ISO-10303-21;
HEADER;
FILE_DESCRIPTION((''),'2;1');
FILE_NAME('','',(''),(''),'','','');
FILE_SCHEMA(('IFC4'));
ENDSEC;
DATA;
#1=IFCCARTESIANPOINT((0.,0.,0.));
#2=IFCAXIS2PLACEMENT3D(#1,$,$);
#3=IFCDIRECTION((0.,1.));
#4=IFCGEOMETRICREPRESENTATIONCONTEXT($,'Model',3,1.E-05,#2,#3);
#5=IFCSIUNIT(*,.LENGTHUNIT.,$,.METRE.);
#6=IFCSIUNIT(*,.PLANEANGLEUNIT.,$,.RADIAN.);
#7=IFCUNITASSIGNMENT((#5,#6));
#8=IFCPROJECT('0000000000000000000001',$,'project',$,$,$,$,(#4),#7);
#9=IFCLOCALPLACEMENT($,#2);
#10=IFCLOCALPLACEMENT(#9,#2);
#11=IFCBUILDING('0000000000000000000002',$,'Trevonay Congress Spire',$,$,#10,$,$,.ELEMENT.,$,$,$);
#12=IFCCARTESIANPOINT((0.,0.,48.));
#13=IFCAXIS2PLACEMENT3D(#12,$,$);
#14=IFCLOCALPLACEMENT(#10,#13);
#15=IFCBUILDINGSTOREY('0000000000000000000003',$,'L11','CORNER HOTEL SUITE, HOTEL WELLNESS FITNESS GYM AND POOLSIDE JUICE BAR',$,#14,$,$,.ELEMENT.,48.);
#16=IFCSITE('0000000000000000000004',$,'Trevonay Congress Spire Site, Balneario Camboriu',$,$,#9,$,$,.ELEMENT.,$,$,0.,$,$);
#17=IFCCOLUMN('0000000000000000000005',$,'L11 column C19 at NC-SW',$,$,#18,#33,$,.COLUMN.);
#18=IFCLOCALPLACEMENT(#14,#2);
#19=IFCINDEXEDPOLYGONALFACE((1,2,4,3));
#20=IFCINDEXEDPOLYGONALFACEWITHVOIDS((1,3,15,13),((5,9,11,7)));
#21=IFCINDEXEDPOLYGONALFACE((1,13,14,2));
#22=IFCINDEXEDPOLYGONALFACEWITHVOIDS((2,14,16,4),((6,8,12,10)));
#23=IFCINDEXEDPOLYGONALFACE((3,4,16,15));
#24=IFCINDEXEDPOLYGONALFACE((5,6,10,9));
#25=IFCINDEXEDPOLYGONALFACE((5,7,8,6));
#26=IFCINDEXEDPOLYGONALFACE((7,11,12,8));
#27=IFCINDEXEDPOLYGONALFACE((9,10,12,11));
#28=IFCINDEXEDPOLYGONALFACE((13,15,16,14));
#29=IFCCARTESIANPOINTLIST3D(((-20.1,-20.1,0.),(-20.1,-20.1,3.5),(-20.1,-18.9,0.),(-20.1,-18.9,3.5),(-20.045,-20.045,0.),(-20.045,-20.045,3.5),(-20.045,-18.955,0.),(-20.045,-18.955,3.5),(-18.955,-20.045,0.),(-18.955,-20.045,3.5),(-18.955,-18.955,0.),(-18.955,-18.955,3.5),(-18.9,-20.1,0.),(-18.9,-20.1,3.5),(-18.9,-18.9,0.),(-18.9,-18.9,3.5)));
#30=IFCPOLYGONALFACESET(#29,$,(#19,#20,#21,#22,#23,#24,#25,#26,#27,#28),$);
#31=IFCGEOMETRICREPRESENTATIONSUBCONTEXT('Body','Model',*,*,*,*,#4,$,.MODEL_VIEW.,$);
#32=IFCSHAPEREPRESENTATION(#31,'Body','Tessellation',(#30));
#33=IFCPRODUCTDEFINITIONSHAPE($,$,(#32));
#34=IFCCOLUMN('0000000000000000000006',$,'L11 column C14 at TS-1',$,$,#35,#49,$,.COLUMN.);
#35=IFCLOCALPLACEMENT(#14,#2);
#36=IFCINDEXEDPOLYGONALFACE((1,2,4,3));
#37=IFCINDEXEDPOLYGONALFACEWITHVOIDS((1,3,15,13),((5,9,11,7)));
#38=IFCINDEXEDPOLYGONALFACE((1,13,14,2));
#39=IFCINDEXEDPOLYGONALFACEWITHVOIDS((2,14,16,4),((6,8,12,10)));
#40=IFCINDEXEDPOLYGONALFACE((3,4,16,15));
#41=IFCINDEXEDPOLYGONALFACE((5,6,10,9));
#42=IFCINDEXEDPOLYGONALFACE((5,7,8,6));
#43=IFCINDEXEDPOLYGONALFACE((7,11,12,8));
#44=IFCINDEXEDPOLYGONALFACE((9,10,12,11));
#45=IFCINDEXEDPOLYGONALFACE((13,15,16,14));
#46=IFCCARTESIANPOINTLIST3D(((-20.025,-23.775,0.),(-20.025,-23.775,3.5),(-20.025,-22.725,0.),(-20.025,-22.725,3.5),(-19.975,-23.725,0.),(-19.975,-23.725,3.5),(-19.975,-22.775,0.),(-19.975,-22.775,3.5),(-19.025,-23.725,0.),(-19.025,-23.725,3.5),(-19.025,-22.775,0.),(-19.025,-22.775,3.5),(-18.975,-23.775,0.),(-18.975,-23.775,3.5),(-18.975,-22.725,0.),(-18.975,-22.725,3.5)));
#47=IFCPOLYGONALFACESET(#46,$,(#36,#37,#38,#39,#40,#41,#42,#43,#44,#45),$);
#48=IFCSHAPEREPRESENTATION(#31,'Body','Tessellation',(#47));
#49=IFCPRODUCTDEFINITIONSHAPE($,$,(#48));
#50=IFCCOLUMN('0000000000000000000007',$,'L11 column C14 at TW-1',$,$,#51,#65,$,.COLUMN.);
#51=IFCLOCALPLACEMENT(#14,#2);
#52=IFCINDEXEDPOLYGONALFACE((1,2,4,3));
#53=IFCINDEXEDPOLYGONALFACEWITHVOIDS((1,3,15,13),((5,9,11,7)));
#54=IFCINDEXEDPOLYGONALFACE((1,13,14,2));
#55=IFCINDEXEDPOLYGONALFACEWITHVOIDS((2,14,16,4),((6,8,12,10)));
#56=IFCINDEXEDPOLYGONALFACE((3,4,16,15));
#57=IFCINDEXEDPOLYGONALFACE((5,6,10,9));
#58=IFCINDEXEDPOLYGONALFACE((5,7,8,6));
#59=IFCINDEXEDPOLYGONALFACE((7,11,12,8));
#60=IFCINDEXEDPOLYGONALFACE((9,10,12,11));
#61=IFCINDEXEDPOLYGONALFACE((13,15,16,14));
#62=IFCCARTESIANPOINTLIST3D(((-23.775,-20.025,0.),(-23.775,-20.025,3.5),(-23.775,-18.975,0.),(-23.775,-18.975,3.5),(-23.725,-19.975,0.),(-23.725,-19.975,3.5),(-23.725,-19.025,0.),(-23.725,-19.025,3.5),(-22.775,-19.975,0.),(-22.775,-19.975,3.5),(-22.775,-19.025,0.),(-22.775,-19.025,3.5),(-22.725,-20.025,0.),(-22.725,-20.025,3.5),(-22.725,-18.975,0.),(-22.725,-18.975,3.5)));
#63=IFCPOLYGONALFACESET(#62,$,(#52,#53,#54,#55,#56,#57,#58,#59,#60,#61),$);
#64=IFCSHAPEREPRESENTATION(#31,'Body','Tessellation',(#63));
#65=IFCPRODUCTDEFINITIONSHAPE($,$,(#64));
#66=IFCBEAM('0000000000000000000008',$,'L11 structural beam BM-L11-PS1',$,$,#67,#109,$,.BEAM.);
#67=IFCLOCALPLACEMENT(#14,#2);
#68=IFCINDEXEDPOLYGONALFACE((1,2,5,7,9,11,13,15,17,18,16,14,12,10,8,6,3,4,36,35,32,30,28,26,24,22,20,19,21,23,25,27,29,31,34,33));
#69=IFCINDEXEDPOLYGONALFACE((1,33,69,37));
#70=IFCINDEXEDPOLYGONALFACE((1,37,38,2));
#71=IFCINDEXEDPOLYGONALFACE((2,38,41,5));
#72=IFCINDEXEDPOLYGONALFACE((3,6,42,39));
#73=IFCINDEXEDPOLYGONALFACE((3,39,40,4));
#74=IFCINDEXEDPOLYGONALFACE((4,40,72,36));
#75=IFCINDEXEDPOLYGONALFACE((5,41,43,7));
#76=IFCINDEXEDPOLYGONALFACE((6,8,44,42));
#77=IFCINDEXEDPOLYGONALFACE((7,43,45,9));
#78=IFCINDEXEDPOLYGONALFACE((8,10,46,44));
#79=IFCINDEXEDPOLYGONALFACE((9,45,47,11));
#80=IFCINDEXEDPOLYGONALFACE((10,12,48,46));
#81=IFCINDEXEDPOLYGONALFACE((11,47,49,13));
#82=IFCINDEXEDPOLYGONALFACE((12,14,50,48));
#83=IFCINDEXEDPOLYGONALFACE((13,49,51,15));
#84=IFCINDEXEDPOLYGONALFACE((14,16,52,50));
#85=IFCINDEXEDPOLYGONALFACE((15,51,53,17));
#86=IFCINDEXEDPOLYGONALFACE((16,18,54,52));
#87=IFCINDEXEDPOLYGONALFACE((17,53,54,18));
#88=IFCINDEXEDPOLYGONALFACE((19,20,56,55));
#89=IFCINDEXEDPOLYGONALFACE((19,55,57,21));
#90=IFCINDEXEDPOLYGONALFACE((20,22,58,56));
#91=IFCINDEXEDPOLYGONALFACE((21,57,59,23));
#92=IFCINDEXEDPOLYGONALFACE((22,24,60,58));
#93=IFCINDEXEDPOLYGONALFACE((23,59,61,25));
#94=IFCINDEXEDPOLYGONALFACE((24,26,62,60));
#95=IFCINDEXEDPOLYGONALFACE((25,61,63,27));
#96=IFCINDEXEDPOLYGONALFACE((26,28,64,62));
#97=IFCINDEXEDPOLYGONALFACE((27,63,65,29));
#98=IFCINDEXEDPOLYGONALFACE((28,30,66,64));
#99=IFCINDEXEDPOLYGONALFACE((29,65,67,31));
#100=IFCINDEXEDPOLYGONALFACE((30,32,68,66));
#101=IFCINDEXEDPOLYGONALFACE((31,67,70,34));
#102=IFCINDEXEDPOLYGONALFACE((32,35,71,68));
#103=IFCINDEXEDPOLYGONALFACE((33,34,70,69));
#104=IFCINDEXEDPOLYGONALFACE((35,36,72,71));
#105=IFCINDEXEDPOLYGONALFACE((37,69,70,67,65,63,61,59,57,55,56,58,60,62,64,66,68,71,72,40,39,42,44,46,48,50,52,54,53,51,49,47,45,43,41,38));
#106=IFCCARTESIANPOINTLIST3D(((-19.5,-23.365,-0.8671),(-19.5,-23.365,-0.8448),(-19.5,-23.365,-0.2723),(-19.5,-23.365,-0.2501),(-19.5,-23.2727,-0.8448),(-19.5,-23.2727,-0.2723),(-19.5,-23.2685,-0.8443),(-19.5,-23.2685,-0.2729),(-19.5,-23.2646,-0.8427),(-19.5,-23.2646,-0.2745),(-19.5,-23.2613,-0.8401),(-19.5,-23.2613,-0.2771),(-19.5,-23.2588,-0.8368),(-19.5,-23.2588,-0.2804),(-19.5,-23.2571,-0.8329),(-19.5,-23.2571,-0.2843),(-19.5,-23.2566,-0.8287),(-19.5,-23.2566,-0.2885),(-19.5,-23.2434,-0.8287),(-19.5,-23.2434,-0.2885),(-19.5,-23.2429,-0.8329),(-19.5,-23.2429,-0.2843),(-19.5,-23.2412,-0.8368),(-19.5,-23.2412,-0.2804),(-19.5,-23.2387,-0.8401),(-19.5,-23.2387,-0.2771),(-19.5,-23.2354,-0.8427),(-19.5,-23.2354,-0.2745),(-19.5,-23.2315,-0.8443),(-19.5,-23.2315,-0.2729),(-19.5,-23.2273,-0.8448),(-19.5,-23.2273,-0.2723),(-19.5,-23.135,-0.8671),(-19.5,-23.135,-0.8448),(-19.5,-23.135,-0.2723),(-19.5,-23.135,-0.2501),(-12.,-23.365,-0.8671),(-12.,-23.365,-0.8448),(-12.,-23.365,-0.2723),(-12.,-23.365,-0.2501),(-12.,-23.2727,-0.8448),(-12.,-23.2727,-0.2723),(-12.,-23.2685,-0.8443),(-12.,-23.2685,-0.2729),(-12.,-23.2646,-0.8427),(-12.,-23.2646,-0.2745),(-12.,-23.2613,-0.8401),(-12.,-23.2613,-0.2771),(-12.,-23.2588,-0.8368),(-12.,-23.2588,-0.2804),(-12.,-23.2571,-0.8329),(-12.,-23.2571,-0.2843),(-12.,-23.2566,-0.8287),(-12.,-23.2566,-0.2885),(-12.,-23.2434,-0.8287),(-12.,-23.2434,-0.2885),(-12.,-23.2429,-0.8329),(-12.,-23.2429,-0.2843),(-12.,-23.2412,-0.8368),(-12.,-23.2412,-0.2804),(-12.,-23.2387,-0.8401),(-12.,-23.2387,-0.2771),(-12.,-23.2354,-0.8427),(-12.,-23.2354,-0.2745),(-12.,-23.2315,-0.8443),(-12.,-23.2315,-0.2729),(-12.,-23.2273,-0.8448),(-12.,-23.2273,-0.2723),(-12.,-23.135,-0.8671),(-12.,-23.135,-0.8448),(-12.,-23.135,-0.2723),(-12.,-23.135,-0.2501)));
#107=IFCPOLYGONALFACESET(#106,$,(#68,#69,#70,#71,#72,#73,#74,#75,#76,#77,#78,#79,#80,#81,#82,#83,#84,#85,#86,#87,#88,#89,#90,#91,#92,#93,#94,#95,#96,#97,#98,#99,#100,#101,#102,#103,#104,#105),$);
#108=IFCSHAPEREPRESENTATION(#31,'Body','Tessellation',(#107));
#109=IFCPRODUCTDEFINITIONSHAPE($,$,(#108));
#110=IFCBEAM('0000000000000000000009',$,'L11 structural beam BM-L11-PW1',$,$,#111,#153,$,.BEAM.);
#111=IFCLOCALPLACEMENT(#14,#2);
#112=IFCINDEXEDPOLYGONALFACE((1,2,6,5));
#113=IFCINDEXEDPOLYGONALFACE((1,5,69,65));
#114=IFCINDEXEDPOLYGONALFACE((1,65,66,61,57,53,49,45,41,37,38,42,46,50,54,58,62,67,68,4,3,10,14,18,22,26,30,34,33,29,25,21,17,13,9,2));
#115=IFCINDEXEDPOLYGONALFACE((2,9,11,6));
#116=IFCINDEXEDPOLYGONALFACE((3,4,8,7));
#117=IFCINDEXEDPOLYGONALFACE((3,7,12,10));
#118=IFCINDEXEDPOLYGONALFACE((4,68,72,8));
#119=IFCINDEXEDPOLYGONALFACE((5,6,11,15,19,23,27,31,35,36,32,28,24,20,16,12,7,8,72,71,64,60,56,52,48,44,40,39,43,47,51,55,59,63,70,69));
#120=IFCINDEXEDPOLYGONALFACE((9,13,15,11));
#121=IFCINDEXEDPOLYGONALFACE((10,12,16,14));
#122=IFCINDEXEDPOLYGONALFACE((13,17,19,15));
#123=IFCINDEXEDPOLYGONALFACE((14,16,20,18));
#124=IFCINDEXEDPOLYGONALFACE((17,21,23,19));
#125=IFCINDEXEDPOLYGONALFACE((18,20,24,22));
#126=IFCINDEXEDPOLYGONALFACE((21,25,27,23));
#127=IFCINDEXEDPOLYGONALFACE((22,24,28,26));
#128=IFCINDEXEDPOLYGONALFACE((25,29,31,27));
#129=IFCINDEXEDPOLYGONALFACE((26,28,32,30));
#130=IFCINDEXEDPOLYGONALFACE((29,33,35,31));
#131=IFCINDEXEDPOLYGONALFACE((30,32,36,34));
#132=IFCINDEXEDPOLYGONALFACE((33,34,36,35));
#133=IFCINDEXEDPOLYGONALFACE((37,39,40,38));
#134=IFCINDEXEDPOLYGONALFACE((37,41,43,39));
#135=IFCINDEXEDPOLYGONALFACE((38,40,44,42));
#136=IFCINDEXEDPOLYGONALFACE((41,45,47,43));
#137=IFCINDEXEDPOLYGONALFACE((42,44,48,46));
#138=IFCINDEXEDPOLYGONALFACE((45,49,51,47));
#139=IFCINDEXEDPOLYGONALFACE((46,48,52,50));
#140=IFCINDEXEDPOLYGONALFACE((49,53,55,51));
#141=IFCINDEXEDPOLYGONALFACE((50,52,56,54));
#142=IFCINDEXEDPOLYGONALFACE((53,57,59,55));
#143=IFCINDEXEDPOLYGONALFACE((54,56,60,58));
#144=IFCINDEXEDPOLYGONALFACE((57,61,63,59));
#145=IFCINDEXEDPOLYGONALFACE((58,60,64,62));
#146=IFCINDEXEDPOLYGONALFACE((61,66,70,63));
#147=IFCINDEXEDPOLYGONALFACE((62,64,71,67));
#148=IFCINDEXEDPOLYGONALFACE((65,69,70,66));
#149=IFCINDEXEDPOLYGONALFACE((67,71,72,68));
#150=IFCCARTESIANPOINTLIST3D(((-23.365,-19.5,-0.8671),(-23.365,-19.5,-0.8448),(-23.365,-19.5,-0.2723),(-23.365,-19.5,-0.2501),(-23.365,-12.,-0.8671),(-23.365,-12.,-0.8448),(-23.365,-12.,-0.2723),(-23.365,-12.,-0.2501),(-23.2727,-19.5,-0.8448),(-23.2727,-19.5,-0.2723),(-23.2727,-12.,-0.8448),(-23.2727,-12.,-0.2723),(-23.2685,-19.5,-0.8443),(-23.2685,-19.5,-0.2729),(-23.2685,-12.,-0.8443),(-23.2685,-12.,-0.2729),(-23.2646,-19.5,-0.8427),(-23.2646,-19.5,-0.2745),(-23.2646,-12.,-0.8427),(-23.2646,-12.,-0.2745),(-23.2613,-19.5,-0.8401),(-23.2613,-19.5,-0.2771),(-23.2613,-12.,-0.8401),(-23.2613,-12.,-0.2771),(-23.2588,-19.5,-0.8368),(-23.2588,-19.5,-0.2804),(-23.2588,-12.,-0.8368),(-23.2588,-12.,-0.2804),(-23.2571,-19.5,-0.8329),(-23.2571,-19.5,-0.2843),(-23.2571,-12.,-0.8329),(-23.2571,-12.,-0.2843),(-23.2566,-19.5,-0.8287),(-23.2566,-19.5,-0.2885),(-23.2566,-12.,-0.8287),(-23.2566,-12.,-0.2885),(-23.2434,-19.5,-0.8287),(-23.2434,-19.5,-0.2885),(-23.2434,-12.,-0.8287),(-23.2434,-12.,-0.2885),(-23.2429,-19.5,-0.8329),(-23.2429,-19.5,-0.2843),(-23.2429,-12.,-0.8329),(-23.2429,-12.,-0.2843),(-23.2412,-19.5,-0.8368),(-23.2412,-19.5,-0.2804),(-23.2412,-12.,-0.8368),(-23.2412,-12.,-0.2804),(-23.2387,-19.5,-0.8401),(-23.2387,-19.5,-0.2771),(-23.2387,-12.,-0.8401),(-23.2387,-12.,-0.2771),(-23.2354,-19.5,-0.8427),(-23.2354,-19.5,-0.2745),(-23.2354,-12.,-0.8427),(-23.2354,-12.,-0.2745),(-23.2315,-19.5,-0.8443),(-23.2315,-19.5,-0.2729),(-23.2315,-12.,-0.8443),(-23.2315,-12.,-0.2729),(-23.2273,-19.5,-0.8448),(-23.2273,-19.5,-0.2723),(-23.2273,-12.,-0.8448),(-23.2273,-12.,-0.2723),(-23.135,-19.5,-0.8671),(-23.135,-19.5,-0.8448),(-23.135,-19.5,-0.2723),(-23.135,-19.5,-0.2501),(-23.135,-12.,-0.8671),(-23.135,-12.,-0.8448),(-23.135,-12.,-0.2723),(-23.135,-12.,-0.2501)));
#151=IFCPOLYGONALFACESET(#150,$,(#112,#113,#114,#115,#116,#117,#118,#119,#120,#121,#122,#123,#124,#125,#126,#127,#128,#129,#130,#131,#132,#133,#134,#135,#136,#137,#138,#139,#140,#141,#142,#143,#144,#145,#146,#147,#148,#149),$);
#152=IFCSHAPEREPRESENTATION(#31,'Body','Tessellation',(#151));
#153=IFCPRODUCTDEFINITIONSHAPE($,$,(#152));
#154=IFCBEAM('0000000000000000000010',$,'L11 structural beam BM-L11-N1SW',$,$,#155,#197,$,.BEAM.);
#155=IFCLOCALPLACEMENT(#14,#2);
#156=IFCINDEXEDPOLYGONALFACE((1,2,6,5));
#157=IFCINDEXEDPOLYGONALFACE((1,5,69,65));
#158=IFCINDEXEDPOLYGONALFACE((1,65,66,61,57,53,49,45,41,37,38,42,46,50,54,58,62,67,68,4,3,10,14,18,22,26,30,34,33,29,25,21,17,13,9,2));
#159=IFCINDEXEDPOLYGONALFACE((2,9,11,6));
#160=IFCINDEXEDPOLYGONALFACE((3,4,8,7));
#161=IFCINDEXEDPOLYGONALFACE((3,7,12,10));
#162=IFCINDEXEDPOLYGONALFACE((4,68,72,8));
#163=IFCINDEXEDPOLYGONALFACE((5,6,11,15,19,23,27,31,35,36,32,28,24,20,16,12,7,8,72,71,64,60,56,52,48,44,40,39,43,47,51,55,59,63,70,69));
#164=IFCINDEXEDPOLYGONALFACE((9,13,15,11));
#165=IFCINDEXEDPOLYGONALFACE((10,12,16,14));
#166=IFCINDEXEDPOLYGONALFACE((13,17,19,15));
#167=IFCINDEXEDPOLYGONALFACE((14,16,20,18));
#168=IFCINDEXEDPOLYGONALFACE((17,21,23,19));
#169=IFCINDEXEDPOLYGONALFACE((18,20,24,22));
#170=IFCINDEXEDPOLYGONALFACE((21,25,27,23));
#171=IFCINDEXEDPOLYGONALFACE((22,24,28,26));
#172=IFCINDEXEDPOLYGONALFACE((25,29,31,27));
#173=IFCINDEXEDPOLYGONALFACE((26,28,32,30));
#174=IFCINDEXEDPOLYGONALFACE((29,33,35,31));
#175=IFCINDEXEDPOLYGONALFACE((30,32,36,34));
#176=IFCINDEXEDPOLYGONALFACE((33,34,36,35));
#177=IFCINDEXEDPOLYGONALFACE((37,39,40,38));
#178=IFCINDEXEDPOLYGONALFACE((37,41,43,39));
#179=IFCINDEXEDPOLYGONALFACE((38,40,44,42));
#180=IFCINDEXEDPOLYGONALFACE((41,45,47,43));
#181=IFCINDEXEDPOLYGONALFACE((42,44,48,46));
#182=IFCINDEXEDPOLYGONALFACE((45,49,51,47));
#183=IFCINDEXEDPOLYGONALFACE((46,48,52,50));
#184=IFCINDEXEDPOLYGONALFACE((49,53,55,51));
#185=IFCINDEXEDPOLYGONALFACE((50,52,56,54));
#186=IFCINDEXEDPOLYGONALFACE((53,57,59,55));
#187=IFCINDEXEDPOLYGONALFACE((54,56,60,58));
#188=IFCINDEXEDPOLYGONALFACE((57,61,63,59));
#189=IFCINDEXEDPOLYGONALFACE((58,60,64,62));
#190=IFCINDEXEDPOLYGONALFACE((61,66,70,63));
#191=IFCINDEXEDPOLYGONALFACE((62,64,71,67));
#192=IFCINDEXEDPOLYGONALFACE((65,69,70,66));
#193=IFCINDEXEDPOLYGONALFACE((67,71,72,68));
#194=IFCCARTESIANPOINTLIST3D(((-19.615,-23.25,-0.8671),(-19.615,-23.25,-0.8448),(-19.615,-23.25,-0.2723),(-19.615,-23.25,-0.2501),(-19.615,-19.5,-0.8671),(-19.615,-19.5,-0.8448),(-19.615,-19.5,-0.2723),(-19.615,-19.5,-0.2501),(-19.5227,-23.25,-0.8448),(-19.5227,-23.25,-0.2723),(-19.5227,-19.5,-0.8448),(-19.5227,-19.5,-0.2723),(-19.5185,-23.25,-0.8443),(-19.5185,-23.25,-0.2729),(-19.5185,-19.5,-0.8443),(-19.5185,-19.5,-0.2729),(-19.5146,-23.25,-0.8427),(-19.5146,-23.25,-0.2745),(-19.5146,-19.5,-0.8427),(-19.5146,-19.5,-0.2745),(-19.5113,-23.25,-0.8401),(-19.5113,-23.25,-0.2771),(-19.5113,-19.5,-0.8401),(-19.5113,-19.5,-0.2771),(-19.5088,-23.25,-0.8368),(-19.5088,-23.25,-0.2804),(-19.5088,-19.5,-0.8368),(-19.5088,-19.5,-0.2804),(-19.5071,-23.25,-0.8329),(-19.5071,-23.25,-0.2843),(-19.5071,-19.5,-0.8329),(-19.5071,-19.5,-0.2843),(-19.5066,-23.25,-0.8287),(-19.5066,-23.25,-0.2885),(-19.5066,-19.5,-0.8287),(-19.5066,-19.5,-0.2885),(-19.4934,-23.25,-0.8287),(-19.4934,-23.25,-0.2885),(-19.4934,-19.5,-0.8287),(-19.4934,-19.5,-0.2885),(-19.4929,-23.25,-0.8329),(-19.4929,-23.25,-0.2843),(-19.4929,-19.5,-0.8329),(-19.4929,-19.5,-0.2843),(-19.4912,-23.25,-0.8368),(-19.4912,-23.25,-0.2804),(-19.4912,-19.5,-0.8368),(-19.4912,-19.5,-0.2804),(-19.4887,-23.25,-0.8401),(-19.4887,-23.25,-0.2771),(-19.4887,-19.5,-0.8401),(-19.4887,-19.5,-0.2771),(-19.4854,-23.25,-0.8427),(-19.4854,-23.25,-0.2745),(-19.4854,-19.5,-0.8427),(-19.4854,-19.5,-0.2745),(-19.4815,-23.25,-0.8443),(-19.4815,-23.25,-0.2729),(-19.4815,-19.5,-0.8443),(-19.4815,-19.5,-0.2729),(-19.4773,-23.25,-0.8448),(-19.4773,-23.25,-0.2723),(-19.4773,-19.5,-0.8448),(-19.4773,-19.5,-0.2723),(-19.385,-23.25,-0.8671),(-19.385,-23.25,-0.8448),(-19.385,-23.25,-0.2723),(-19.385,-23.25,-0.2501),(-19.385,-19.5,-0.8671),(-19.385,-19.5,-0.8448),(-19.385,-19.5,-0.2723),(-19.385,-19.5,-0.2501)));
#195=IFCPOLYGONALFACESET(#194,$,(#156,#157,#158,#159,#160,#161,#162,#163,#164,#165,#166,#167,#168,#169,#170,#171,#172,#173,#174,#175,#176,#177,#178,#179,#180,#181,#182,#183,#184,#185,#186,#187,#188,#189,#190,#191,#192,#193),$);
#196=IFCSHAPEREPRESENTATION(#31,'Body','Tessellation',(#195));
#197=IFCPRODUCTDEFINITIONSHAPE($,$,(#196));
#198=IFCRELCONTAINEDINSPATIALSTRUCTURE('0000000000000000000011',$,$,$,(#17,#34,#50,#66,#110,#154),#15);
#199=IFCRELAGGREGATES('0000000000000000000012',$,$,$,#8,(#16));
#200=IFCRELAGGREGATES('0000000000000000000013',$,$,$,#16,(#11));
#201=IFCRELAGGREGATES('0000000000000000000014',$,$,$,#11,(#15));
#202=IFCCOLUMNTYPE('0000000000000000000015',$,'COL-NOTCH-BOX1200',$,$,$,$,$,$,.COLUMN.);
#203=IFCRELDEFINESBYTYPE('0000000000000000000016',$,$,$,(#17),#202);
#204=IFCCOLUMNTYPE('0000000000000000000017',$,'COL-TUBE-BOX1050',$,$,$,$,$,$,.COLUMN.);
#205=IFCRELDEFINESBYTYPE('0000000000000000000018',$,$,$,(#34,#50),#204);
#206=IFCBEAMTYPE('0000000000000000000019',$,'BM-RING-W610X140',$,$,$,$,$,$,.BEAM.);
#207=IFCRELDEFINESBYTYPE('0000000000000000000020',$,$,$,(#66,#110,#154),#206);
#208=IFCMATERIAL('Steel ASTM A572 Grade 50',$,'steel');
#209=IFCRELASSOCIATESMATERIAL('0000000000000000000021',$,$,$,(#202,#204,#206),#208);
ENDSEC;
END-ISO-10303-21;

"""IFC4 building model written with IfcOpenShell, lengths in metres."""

from ifc_helpers import new_model, si_unit, direction, frame, origin, origin_2d, place, context, subcontext, project, spatial, hollow_rectangle, i_section, extrude, material, material_profile, profile_set, type_object, element, save


model = new_model("IFC4")

# Units and contexts
model_context = context("Model", 3, precision=1e-05, world=origin(), true_north=direction((0.0, 1.0)))
body_context = subcontext(model_context, "Body", "Model", "MODEL_VIEW")
ifc_project = project(units=[si_unit("LENGTHUNIT", "METRE"), si_unit("PLANEANGLEUNIT", "RADIAN")], contexts=[model_context])

# Site, building, storey
site_placement = place(None, origin())
site = spatial("IfcSite", under=ifc_project, at=site_placement, Name="Trevonay Congress Spire Site, Balneario Camboriu", CompositionType="ELEMENT", RefElevation=0.0)
building_placement = place(site_placement, origin())
building = spatial("IfcBuilding", under=site, at=building_placement, Name="Trevonay Congress Spire", CompositionType="ELEMENT")
storey_placement = place(building_placement, frame((0.0, 0.0, 48.0)))
storey = spatial("IfcBuildingStorey", under=building, at=storey_placement, Name="L11", Description="CORNER HOTEL SUITE, HOTEL WELLNESS FITNESS GYM AND POOLSIDE JUICE BAR", CompositionType="ELEMENT", Elevation=48.0)

# Columns
ifc_material_1 = material(Name="Steel ASTM A572 Grade 50", Category="steel")
ifc_material_profile_1 = material_profile(ifc_material_1, hollow_rectangle(XDim=1.2, YDim=1.2, WallThickness=0.0549, at=origin_2d()), Name="BOX 1200x1200x55")
ifc_profile_set_1 = profile_set([ifc_material_profile_1], Name="Steel ASTM A572 Grade 50")
column_type_1 = type_object("IfcColumnType", Name="COL-NOTCH-BOX1200", PredefinedType="COLUMN", material=ifc_profile_set_1)
column_placement = place(storey_placement, frame((-19.5, -19.5, 0.0), z_axis=(0.0, 0.0, 1.0), x_axis=(1.0, 0.0, 0.0)))
element("IfcColumn", 1, at=column_placement, inside=storey, type_object=column_type_1, Name="L11 column C19 at NC-SW", PredefinedType="COLUMN", context=body_context, shape_type="SweptSolid", body=[
    extrude(hollow_rectangle(XDim=1.2, YDim=1.2, WallThickness=0.0549, at=origin_2d()), origin(), (0.0, 0.0, 1.0), 3.5),
])
ifc_material_profile_2 = material_profile(ifc_material_1, hollow_rectangle(XDim=1.05, YDim=1.05, WallThickness=0.05, at=origin_2d()), Name="BOX 1050x1050x50")
ifc_profile_set_2 = profile_set([ifc_material_profile_2], Name="Steel ASTM A572 Grade 50")
column_type_2 = type_object("IfcColumnType", Name="COL-TUBE-BOX1050", PredefinedType="COLUMN", material=ifc_profile_set_2)
for number, where, z_axis, x_axis, name in (
    (2, (-19.5, -23.25, 0.0), (0.0, 0.0, 1.0), (1.0, 0.0, 0.0), "L11 column C14 at TS-1"),
    (3, (-23.25, -19.5, 0.0), (0.0, 0.0, 1.0), (1.0, 0.0, 0.0), "L11 column C14 at TW-1"),
):
    element("IfcColumn", number, at=place(storey_placement, frame(where, z_axis=z_axis, x_axis=x_axis)), inside=storey, type_object=column_type_2, Name=name, PredefinedType="COLUMN", context=body_context, shape_type="SweptSolid", body=[
        extrude(hollow_rectangle(XDim=1.05, YDim=1.05, WallThickness=0.05, at=origin_2d()), origin(), (0.0, 0.0, 1.0), 3.5),
    ])

# Beams
ifc_material_profile_3 = material_profile(ifc_material_1, i_section(OverallWidth=0.23, OverallDepth=0.6169, WebThickness=0.0132, FlangeThickness=0.0222, FilletRadius=0.0161, at=origin_2d()), Name="W610x140")
ifc_profile_set_3 = profile_set([ifc_material_profile_3], Name="Steel ASTM A572 Grade 50")
beam_type = type_object("IfcBeamType", Name="BM-RING-W610X140", PredefinedType="BEAM", material=ifc_profile_set_3)
for number, where, z_axis, x_axis, name in (
    (4, (-19.5, -23.25, -0.5586), (1.0, 0.0, 0.0), (0.0, 1.0, 0.0), "L11 structural beam BM-L11-PS1"),
    (5, (-23.25, -19.5, -0.5586), (0.0, 1.0, 0.0), (-1.0, 0.0, 0.0), "L11 structural beam BM-L11-PW1"),
):
    element("IfcBeam", number, at=place(storey_placement, frame(where, z_axis=z_axis, x_axis=x_axis)), inside=storey, type_object=beam_type, Name=name, PredefinedType="BEAM", context=body_context, shape_type="SweptSolid", body=[
        extrude(i_section(OverallWidth=0.23, OverallDepth=0.6169, WebThickness=0.0132, FlangeThickness=0.0222, FilletRadius=0.0161, at=origin_2d()), origin(), (0.0, 0.0, 1.0), 7.5),
    ])
for number, where, z_axis, x_axis, name in (
    (6, (-19.5, -23.25, -0.5586), (0.0, 1.0, 0.0), (-1.0, 0.0, 0.0), "L11 structural beam BM-L11-N1SW"),
):
    element("IfcBeam", number, at=place(storey_placement, frame(where, z_axis=z_axis, x_axis=x_axis)), inside=storey, type_object=beam_type, Name=name, PredefinedType="BEAM", context=body_context, shape_type="SweptSolid", body=[
        extrude(i_section(OverallWidth=0.23, OverallDepth=0.6169, WebThickness=0.0132, FlangeThickness=0.0222, FilletRadius=0.0161, at=origin_2d()), origin(), (0.0, 0.0, 1.0), 3.75),
    ])

save(model, "model.ifc")
